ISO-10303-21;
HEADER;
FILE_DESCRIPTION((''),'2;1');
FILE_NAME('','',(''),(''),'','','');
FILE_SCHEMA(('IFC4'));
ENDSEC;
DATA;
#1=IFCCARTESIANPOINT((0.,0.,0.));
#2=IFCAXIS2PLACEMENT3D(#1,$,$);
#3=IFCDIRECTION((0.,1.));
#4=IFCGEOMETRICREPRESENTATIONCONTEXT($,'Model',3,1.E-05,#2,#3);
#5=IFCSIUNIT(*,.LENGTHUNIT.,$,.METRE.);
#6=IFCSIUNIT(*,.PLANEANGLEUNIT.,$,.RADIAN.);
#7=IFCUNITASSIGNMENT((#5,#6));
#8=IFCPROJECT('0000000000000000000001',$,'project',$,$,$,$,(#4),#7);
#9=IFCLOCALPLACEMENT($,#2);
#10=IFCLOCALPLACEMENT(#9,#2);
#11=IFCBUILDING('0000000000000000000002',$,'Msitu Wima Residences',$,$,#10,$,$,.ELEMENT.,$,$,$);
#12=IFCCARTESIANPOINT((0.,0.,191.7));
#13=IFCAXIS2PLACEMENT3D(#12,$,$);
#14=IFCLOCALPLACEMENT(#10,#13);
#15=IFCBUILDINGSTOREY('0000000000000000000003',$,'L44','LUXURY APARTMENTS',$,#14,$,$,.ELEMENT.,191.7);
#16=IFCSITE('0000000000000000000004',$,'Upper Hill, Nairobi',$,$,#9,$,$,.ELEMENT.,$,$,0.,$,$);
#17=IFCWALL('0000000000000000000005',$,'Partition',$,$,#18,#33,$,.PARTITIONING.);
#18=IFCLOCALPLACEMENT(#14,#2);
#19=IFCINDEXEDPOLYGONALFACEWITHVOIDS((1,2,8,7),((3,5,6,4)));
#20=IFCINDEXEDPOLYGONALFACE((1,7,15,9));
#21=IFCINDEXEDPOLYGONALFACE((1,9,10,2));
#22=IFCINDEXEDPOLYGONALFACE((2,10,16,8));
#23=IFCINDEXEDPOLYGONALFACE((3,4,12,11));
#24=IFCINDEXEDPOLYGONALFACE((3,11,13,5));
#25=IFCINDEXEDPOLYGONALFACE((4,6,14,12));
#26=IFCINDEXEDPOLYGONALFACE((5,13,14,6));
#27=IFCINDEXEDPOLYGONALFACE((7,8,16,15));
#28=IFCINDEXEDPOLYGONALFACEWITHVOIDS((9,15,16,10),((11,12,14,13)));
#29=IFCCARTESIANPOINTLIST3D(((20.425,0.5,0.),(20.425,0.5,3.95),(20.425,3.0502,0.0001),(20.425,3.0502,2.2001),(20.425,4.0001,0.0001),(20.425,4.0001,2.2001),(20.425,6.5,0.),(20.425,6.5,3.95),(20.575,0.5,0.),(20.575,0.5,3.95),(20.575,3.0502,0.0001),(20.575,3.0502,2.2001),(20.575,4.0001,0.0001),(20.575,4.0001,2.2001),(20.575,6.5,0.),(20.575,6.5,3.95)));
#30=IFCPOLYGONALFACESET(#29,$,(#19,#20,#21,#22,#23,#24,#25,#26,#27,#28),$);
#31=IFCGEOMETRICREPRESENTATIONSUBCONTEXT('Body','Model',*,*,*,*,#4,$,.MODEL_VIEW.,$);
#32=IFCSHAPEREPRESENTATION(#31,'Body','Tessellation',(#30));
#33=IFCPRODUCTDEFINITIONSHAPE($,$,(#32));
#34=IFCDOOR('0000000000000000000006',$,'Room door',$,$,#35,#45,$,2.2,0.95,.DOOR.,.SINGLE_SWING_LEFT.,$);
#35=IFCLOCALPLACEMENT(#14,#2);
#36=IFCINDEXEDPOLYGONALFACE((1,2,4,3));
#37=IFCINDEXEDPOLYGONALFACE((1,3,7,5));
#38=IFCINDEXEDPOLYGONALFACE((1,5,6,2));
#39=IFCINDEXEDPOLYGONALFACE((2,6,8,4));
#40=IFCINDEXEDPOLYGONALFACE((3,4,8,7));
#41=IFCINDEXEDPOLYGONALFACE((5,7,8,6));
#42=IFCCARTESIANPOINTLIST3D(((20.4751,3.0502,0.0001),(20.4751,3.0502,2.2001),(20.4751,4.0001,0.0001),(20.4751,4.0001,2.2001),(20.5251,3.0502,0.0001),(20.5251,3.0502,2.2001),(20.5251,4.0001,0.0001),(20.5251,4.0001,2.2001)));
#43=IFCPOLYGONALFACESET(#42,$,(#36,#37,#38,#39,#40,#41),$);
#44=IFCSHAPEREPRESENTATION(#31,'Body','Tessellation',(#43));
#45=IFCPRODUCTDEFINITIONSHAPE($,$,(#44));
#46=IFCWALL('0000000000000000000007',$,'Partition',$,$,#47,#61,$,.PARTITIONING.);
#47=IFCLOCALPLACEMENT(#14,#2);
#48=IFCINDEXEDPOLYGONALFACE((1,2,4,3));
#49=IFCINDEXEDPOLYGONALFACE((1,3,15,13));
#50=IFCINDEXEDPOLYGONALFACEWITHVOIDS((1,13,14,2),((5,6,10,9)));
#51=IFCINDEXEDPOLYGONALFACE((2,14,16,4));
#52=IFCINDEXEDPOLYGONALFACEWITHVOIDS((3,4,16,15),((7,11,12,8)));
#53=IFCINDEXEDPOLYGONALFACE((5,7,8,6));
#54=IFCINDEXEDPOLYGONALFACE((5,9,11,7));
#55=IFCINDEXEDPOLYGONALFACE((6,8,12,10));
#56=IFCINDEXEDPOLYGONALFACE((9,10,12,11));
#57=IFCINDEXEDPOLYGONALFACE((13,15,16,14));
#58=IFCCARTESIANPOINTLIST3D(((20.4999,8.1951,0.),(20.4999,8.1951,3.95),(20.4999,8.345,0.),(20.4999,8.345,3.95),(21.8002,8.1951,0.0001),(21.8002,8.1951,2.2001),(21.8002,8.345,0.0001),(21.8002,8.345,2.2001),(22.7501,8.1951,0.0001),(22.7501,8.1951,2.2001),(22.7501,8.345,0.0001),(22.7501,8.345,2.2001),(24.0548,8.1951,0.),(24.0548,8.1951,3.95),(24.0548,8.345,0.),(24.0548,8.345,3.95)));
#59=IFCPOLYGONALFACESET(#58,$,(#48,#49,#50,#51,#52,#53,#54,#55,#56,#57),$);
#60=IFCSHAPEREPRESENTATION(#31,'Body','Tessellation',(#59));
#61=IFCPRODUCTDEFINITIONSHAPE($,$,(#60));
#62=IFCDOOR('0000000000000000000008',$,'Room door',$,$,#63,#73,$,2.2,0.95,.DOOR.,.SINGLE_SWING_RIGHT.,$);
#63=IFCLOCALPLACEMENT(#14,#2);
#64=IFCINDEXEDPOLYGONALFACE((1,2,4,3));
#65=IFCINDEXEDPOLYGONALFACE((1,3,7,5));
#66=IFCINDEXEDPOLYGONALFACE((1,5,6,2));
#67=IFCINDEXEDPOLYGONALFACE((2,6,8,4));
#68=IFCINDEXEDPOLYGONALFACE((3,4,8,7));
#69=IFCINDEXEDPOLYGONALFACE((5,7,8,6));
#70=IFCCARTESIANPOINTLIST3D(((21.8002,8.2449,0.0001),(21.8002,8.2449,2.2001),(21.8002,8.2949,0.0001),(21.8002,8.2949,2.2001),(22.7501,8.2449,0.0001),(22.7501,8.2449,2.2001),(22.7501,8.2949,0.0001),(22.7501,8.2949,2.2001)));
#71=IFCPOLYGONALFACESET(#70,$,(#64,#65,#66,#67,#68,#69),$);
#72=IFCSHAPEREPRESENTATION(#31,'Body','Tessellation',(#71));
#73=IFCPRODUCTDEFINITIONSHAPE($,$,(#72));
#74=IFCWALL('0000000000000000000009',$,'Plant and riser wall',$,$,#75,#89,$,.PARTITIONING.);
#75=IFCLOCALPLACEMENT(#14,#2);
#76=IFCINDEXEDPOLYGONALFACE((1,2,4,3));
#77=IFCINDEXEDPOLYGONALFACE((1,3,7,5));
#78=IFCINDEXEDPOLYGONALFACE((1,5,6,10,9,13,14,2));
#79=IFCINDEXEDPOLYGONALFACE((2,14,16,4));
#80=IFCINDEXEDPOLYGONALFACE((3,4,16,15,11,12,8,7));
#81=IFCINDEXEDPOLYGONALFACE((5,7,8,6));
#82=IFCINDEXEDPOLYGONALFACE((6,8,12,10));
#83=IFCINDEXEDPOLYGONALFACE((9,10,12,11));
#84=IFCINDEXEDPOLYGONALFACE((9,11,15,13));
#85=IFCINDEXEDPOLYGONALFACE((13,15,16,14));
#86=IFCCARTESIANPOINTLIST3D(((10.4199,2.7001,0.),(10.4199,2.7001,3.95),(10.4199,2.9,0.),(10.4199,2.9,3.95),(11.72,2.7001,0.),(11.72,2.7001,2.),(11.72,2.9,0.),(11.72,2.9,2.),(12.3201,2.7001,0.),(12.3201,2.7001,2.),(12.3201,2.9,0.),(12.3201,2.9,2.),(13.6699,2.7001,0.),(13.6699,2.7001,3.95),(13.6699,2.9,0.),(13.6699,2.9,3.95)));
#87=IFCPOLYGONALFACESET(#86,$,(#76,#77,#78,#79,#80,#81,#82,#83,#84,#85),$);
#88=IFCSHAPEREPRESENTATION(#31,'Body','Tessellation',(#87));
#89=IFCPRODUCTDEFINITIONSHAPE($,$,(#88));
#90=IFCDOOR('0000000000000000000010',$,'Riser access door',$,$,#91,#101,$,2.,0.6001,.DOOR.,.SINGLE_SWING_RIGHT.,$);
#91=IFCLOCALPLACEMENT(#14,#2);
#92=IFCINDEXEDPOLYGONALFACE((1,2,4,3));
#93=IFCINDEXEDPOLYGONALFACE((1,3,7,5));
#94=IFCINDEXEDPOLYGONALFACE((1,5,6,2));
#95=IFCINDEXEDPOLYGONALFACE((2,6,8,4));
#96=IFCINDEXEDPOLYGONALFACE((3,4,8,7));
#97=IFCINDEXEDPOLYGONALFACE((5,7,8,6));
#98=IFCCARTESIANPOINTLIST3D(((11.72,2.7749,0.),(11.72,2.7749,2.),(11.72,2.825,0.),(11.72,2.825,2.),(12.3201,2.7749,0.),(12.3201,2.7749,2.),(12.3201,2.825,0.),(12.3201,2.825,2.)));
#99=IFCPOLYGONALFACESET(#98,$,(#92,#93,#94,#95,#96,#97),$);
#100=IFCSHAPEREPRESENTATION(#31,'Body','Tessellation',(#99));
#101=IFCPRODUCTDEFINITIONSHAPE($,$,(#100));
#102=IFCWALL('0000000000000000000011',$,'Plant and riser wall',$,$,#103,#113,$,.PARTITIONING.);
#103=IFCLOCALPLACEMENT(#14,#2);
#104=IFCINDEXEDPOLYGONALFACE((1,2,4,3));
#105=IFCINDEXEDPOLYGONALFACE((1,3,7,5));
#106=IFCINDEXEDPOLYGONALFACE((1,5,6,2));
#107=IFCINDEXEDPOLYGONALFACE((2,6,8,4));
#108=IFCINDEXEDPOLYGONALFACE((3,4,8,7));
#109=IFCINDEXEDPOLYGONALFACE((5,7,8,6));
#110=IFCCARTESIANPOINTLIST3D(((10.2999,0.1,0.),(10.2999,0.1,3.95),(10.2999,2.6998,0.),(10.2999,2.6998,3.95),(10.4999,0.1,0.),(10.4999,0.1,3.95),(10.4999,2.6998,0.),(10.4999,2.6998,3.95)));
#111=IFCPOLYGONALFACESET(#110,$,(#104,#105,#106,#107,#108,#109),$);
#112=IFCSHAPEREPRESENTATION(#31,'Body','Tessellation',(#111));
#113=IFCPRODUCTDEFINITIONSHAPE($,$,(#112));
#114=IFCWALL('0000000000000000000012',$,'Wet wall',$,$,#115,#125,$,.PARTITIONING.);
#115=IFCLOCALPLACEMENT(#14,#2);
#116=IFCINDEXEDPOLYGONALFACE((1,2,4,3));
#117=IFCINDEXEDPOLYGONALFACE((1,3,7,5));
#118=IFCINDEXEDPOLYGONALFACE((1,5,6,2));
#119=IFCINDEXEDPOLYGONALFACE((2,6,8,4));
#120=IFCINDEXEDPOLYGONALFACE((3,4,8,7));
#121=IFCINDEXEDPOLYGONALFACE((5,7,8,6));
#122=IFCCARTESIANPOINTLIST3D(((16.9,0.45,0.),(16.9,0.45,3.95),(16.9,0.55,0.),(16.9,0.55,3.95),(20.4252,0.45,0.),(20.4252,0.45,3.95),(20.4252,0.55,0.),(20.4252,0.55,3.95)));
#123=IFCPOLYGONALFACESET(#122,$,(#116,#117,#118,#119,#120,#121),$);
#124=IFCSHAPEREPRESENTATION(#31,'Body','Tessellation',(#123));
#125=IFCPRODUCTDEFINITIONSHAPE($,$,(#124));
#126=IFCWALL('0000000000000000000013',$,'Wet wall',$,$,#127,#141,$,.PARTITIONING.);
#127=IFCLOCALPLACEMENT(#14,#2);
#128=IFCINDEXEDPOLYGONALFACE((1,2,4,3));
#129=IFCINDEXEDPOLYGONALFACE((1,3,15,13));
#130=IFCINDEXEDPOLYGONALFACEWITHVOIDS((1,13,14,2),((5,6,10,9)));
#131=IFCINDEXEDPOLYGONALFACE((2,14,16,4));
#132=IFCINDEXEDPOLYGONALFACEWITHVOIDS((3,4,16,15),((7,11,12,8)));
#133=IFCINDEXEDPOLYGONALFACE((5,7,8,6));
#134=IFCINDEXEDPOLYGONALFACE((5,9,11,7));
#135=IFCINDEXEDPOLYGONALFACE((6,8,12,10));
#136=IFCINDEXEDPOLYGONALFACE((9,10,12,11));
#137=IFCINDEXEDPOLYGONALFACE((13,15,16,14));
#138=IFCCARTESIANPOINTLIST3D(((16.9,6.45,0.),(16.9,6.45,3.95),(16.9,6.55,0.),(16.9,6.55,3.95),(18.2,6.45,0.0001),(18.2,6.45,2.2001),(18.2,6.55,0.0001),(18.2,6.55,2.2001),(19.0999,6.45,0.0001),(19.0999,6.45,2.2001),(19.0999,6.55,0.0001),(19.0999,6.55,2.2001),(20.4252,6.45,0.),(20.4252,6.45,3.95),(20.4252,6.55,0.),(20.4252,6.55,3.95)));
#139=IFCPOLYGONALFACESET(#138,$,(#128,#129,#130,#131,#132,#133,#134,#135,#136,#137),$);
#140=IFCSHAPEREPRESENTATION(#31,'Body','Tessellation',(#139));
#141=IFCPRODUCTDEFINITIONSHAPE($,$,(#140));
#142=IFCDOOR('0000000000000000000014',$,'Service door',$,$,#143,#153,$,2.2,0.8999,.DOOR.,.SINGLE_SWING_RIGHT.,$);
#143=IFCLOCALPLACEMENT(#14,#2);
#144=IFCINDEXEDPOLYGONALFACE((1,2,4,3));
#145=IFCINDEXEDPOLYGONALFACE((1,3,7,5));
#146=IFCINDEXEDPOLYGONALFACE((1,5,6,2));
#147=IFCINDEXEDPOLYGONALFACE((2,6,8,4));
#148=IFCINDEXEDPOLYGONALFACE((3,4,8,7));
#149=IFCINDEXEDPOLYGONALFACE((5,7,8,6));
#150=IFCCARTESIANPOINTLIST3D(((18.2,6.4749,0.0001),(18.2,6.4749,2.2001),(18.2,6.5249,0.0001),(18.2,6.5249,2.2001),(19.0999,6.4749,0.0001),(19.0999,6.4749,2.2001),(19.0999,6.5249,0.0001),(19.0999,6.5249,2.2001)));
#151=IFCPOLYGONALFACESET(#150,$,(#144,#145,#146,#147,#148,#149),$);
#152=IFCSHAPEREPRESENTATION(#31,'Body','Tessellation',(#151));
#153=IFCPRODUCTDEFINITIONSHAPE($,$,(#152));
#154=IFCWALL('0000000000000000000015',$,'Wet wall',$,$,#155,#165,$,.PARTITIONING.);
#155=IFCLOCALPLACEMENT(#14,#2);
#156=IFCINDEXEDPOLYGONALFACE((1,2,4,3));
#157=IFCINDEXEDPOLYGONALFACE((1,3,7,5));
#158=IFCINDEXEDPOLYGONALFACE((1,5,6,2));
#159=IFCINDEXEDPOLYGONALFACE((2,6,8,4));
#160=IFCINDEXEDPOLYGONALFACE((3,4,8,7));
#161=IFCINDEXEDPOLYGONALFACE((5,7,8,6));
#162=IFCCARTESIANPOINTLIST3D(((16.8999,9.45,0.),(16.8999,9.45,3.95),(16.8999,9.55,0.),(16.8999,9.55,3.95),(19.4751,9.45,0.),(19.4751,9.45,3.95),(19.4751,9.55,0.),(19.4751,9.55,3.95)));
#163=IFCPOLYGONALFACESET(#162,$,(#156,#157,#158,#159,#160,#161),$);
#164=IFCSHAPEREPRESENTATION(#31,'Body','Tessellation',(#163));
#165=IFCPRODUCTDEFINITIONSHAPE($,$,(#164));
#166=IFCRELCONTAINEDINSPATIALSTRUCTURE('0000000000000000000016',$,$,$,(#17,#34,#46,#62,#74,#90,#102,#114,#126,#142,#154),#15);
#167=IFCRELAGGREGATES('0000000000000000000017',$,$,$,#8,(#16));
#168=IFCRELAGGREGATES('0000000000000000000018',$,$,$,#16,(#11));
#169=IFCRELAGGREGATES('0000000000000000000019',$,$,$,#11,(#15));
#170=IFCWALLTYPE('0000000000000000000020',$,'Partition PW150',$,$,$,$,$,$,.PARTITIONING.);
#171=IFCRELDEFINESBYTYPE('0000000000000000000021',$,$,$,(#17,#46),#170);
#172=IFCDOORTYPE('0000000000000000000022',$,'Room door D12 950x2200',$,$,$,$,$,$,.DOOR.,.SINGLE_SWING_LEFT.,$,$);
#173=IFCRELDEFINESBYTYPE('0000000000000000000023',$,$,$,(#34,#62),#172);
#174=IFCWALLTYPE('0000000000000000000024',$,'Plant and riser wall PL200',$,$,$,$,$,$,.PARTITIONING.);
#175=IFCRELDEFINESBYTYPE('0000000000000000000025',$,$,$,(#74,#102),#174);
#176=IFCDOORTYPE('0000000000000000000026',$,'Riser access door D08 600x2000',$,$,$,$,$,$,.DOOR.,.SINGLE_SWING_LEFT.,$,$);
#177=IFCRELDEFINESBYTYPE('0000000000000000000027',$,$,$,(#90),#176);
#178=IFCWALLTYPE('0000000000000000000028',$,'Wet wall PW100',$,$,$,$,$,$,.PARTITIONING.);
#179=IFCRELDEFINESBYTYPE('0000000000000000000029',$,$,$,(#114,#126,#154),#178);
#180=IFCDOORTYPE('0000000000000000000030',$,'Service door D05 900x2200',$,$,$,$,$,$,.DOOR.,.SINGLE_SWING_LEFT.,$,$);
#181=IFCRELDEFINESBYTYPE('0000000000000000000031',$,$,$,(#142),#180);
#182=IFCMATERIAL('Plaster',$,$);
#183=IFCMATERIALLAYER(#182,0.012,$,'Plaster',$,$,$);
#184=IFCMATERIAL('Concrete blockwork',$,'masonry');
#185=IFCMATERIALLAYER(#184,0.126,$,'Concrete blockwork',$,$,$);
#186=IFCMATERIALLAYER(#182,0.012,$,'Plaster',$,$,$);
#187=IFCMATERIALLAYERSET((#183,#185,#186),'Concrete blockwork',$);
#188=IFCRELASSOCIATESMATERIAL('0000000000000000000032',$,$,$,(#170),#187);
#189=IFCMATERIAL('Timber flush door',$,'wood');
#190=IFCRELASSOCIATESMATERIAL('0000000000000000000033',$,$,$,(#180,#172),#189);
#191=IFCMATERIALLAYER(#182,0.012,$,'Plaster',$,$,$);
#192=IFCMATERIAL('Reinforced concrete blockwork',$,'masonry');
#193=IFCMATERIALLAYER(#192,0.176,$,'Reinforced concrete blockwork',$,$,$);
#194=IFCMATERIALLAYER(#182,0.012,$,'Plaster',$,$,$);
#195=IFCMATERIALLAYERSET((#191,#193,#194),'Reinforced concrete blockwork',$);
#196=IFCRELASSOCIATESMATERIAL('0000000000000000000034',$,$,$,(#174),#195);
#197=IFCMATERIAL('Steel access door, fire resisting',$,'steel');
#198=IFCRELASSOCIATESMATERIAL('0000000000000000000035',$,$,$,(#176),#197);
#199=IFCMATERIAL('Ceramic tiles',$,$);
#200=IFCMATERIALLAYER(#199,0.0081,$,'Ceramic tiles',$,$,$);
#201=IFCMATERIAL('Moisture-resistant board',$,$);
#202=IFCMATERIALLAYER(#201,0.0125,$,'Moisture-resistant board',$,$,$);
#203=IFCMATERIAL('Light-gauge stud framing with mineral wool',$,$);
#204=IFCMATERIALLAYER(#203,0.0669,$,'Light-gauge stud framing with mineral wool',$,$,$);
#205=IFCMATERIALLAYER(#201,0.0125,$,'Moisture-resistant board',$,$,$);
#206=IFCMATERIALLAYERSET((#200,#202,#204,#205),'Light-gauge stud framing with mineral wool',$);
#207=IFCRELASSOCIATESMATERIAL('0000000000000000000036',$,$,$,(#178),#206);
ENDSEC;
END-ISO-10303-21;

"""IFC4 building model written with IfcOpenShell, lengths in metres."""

from ifc_helpers import new_model, si_unit, direction, frame, frame_2d, origin, place, context, subcontext, project, spatial, rectangle, extrude, material, layer, layer_set, type_object, element, fill, save


model = new_model("IFC4")

# Units and contexts
model_context = context("Model", 3, precision=1e-05, world=origin(), true_north=direction((0.0, 1.0)))
body_context = subcontext(model_context, "Body", "Model", "MODEL_VIEW")
ifc_project = project(units=[si_unit("LENGTHUNIT", "METRE"), si_unit("PLANEANGLEUNIT", "RADIAN")], contexts=[model_context])

# Site, building, storey
site_placement = place(None, origin())
site = spatial("IfcSite", under=ifc_project, at=site_placement, Name="Upper Hill, Nairobi", CompositionType="ELEMENT", RefElevation=0.0)
building_placement = place(site_placement, origin())
building = spatial("IfcBuilding", under=site, at=building_placement, Name="Msitu Wima Residences", CompositionType="ELEMENT")
storey_placement = place(building_placement, frame((0.0, 0.0, 191.7)))
storey = spatial("IfcBuildingStorey", under=building, at=storey_placement, Name="L44", Description="LUXURY APARTMENTS", CompositionType="ELEMENT", Elevation=191.7)

# Shared definitions
ifc_material_1 = material(Name="Plaster")
ifc_material_2 = material(Name="Concrete blockwork", Category="masonry")

# Walls, openings, doors
ifc_layer_1 = layer(ifc_material_1, 0.012, Name="Plaster")
ifc_layer_2 = layer(ifc_material_2, 0.126, Name="Concrete blockwork")
ifc_layer_3 = layer(ifc_material_1, 0.012, Name="Plaster")
ifc_layer_set_1 = layer_set([ifc_layer_1, ifc_layer_2, ifc_layer_3], Name="Concrete blockwork")
wall_type_1 = type_object("IfcWallType", Name="Partition PW150", PredefinedType="PARTITIONING", material=ifc_layer_set_1)
ifc_material_3 = material(Name="Timber flush door", Category="wood")
door_type_1 = type_object("IfcDoorType", Name="Service door D05 900x2200", OperationType="SINGLE_SWING_LEFT", PredefinedType="DOOR", material=ifc_material_3)
wall_1_placement = place(storey_placement, frame((20.5, 0.5, 0.0), z_axis=(0.0, 0.0, 1.0), x_axis=(0.0, 1.0, 0.0)))
wall_1 = element("IfcWall", 1, at=wall_1_placement, inside=storey, type_object=wall_type_1, Name="Partition", PredefinedType="PARTITIONING", context=body_context, shape_type="SweptSolid", body=[
    extrude(rectangle(XDim=6.0, YDim=0.1499, at=frame_2d((3.0, 0.0))), origin(), (0.0, 0.0, 1.0), 3.95),
])
opening_1_placement = place(wall_1_placement, frame((2.55, 0.0, 0.0)))
opening_1 = element("IfcOpeningElement", 2, at=opening_1_placement, cuts=wall_1, PredefinedType="OPENING", context=body_context, shape_type="SweptSolid", body=[
    extrude(rectangle(XDim=0.95, YDim=2.2, at=frame_2d((0.4751, 1.1001))), frame((0.0, 0.085, 0.0), z_axis=(0.0, -1.0, 0.0), x_axis=(1.0, 0.0, 0.0)), (0.0, 0.0, 1.0), 0.1699),
])
door_type_2 = type_object("IfcDoorType", Name="Room door D12 950x2200", OperationType="SINGLE_SWING_LEFT", PredefinedType="DOOR", material=ifc_material_3)
door_1_placement = place(opening_1_placement, origin())
door_1 = element("IfcDoor", 3, at=door_1_placement, inside=storey, type_object=door_type_2, Name="Room door", OperationType="SINGLE_SWING_LEFT", OverallHeight=2.2, OverallWidth=0.95, PredefinedType="DOOR", context=body_context, shape_type="SweptSolid", body=[
    extrude(rectangle(XDim=0.95, YDim=2.2, at=frame_2d((0.4751, 1.1001))), frame((0.0, 0.0249, 0.0), z_axis=(0.0, -1.0, 0.0), x_axis=(1.0, 0.0, 0.0)), (0.0, 0.0, 1.0), 0.05),
])
fill(opening_1, door_1)
wall_2_placement = place(storey_placement, frame((20.5, 8.27, 0.0), z_axis=(0.0, 0.0, 1.0), x_axis=(1.0, 0.0, 0.0)))
wall_2 = element("IfcWall", 4, at=wall_2_placement, inside=storey, type_object=wall_type_1, Name="Partition", PredefinedType="PARTITIONING", context=body_context, shape_type="SweptSolid", body=[
    extrude(rectangle(XDim=3.5549, YDim=0.1499, at=frame_2d((1.7773, 0.0))), origin(), (0.0, 0.0, 1.0), 3.95),
])
opening_2_placement = place(wall_2_placement, frame((1.3, 0.0, 0.0)))
opening_2 = element("IfcOpeningElement", 5, at=opening_2_placement, cuts=wall_2, PredefinedType="OPENING", context=body_context, shape_type="SweptSolid", body=[
    extrude(rectangle(XDim=0.95, YDim=2.2, at=frame_2d((0.4751, 1.1001))), frame((0.0, 0.085, 0.0), z_axis=(0.0, -1.0, 0.0), x_axis=(1.0, 0.0, 0.0)), (0.0, 0.0, 1.0), 0.1699),
])
door_2_placement = place(opening_2_placement, origin())
door_2 = element("IfcDoor", 6, at=door_2_placement, inside=storey, type_object=door_type_2, Name="Room door", OperationType="SINGLE_SWING_RIGHT", OverallHeight=2.2, OverallWidth=0.95, PredefinedType="DOOR", context=body_context, shape_type="SweptSolid", body=[
    extrude(rectangle(XDim=0.95, YDim=2.2, at=frame_2d((0.4751, 1.1001))), frame((0.0, 0.0249, 0.0), z_axis=(0.0, -1.0, 0.0), x_axis=(1.0, 0.0, 0.0)), (0.0, 0.0, 1.0), 0.05),
])
fill(opening_2, door_2)
ifc_layer_4 = layer(ifc_material_1, 0.012, Name="Plaster")
ifc_material_4 = material(Name="Reinforced concrete blockwork", Category="masonry")
ifc_layer_5 = layer(ifc_material_4, 0.176, Name="Reinforced concrete blockwork")
ifc_layer_6 = layer(ifc_material_1, 0.012, Name="Plaster")
ifc_layer_set_2 = layer_set([ifc_layer_4, ifc_layer_5, ifc_layer_6], Name="Reinforced concrete blockwork")
wall_type_2 = type_object("IfcWallType", Name="Plant and riser wall PL200", PredefinedType="PARTITIONING", material=ifc_layer_set_2)
wall_3_placement = place(storey_placement, frame((10.4199, 2.8, 0.0), z_axis=(0.0, 0.0, 1.0), x_axis=(1.0, 0.0, 0.0)))
wall_3 = element("IfcWall", 7, at=wall_3_placement, inside=storey, type_object=wall_type_2, Name="Plant and riser wall", PredefinedType="PARTITIONING", context=body_context, shape_type="SweptSolid", body=[
    extrude(rectangle(XDim=3.25, YDim=0.2, at=frame_2d((1.625, 0.0))), origin(), (0.0, 0.0, 1.0), 3.95),
])
opening_3_placement = place(wall_3_placement, frame((1.3, 0.0, 0.0)))
opening_3 = element("IfcOpeningElement", 8, at=opening_3_placement, cuts=wall_3, PredefinedType="OPENING", context=body_context, shape_type="SweptSolid", body=[
    extrude(rectangle(XDim=0.6001, YDim=2.0, at=frame_2d((0.3, 1.0))), frame((0.0, 0.1099, 0.0), z_axis=(0.0, -1.0, 0.0), x_axis=(1.0, 0.0, 0.0)), (0.0, 0.0, 1.0), 0.22),
])
ifc_material_5 = material(Name="Steel access door, fire resisting", Category="steel")
door_type_3 = type_object("IfcDoorType", Name="Riser access door D08 600x2000", OperationType="SINGLE_SWING_LEFT", PredefinedType="DOOR", material=ifc_material_5)
door_3_placement = place(opening_3_placement, origin())
door_3 = element("IfcDoor", 9, at=door_3_placement, inside=storey, type_object=door_type_3, Name="Riser access door", OperationType="SINGLE_SWING_RIGHT", OverallHeight=2.0, OverallWidth=0.6001, PredefinedType="DOOR", context=body_context, shape_type="SweptSolid", body=[
    extrude(rectangle(XDim=0.6001, YDim=2.0, at=frame_2d((0.3, 1.0))), frame((0.0, 0.0249, 0.0), z_axis=(0.0, -1.0, 0.0), x_axis=(1.0, 0.0, 0.0)), (0.0, 0.0, 1.0), 0.05),
])
fill(opening_3, door_3)

# Walls
wall_4_placement = place(storey_placement, frame((10.3999, 0.1001, 0.0), z_axis=(0.0, 0.0, 1.0), x_axis=(0.0, 1.0, 0.0)))
element("IfcWall", 10, at=wall_4_placement, inside=storey, type_object=wall_type_2, Name="Plant and riser wall", PredefinedType="PARTITIONING", context=body_context, shape_type="SweptSolid", body=[
    extrude(rectangle(XDim=2.5999, YDim=0.2, at=frame_2d((1.2998, 0.0))), origin(), (0.0, 0.0, 1.0), 3.95),
])
ifc_material_6 = material(Name="Ceramic tiles")
ifc_layer_7 = layer(ifc_material_6, 0.0081, Name="Ceramic tiles")
ifc_material_7 = material(Name="Moisture-resistant board")
ifc_layer_8 = layer(ifc_material_7, 0.0125, Name="Moisture-resistant board")
ifc_material_8 = material(Name="Light-gauge stud framing with mineral wool")
ifc_layer_9 = layer(ifc_material_8, 0.0669, Name="Light-gauge stud framing with mineral wool")
ifc_layer_10 = layer(ifc_material_7, 0.0125, Name="Moisture-resistant board")
ifc_layer_set_3 = layer_set([ifc_layer_7, ifc_layer_8, ifc_layer_9, ifc_layer_10], Name="Light-gauge stud framing with mineral wool")
wall_type_3 = type_object("IfcWallType", Name="Wet wall PW100", PredefinedType="PARTITIONING", material=ifc_layer_set_3)
wall_5_placement = place(storey_placement, frame((16.8999, 0.5, 0.0), z_axis=(0.0, 0.0, 1.0), x_axis=(1.0, 0.0, 0.0)))
element("IfcWall", 11, at=wall_5_placement, inside=storey, type_object=wall_type_3, Name="Wet wall", PredefinedType="PARTITIONING", context=body_context, shape_type="SweptSolid", body=[
    extrude(rectangle(XDim=3.5251, YDim=0.1001, at=frame_2d((1.7627, 0.0))), origin(), (0.0, 0.0, 1.0), 3.95),
])

# Wall, opening, door
wall_6_placement = place(storey_placement, frame((16.8999, 6.5, 0.0), z_axis=(0.0, 0.0, 1.0), x_axis=(1.0, 0.0, 0.0)))
wall_6 = element("IfcWall", 12, at=wall_6_placement, inside=storey, type_object=wall_type_3, Name="Wet wall", PredefinedType="PARTITIONING", context=body_context, shape_type="SweptSolid", body=[
    extrude(rectangle(XDim=3.5251, YDim=0.1001, at=frame_2d((1.7627, 0.0))), origin(), (0.0, 0.0, 1.0), 3.95),
])
opening_4_placement = place(wall_6_placement, frame((1.3, 0.0, 0.0)))
opening_4 = element("IfcOpeningElement", 13, at=opening_4_placement, cuts=wall_6, PredefinedType="OPENING", context=body_context, shape_type="SweptSolid", body=[
    extrude(rectangle(XDim=0.8999, YDim=2.2, at=frame_2d((0.45, 1.1001))), frame((0.0, 0.0601, 0.0), z_axis=(0.0, -1.0, 0.0), x_axis=(1.0, 0.0, 0.0)), (0.0, 0.0, 1.0), 0.1201),
])
door_4_placement = place(opening_4_placement, origin())
door_4 = element("IfcDoor", 14, at=door_4_placement, inside=storey, type_object=door_type_1, Name="Service door", OperationType="SINGLE_SWING_RIGHT", OverallHeight=2.2, OverallWidth=0.8999, PredefinedType="DOOR", context=body_context, shape_type="SweptSolid", body=[
    extrude(rectangle(XDim=0.8999, YDim=2.2, at=frame_2d((0.45, 1.1001))), frame((0.0, 0.0249, 0.0), z_axis=(0.0, -1.0, 0.0), x_axis=(1.0, 0.0, 0.0)), (0.0, 0.0, 1.0), 0.05),
])
fill(opening_4, door_4)

# Wall
wall_7_placement = place(storey_placement, frame((16.8999, 9.5, 0.0), z_axis=(0.0, 0.0, 1.0), x_axis=(1.0, 0.0, 0.0)))
element("IfcWall", 15, at=wall_7_placement, inside=storey, type_object=wall_type_3, Name="Wet wall", PredefinedType="PARTITIONING", context=body_context, shape_type="SweptSolid", body=[
    extrude(rectangle(XDim=2.5752, YDim=0.1001, at=frame_2d((1.2876, 0.0))), origin(), (0.0, 0.0, 1.0), 3.95),
])

save(model, "model.ifc")
